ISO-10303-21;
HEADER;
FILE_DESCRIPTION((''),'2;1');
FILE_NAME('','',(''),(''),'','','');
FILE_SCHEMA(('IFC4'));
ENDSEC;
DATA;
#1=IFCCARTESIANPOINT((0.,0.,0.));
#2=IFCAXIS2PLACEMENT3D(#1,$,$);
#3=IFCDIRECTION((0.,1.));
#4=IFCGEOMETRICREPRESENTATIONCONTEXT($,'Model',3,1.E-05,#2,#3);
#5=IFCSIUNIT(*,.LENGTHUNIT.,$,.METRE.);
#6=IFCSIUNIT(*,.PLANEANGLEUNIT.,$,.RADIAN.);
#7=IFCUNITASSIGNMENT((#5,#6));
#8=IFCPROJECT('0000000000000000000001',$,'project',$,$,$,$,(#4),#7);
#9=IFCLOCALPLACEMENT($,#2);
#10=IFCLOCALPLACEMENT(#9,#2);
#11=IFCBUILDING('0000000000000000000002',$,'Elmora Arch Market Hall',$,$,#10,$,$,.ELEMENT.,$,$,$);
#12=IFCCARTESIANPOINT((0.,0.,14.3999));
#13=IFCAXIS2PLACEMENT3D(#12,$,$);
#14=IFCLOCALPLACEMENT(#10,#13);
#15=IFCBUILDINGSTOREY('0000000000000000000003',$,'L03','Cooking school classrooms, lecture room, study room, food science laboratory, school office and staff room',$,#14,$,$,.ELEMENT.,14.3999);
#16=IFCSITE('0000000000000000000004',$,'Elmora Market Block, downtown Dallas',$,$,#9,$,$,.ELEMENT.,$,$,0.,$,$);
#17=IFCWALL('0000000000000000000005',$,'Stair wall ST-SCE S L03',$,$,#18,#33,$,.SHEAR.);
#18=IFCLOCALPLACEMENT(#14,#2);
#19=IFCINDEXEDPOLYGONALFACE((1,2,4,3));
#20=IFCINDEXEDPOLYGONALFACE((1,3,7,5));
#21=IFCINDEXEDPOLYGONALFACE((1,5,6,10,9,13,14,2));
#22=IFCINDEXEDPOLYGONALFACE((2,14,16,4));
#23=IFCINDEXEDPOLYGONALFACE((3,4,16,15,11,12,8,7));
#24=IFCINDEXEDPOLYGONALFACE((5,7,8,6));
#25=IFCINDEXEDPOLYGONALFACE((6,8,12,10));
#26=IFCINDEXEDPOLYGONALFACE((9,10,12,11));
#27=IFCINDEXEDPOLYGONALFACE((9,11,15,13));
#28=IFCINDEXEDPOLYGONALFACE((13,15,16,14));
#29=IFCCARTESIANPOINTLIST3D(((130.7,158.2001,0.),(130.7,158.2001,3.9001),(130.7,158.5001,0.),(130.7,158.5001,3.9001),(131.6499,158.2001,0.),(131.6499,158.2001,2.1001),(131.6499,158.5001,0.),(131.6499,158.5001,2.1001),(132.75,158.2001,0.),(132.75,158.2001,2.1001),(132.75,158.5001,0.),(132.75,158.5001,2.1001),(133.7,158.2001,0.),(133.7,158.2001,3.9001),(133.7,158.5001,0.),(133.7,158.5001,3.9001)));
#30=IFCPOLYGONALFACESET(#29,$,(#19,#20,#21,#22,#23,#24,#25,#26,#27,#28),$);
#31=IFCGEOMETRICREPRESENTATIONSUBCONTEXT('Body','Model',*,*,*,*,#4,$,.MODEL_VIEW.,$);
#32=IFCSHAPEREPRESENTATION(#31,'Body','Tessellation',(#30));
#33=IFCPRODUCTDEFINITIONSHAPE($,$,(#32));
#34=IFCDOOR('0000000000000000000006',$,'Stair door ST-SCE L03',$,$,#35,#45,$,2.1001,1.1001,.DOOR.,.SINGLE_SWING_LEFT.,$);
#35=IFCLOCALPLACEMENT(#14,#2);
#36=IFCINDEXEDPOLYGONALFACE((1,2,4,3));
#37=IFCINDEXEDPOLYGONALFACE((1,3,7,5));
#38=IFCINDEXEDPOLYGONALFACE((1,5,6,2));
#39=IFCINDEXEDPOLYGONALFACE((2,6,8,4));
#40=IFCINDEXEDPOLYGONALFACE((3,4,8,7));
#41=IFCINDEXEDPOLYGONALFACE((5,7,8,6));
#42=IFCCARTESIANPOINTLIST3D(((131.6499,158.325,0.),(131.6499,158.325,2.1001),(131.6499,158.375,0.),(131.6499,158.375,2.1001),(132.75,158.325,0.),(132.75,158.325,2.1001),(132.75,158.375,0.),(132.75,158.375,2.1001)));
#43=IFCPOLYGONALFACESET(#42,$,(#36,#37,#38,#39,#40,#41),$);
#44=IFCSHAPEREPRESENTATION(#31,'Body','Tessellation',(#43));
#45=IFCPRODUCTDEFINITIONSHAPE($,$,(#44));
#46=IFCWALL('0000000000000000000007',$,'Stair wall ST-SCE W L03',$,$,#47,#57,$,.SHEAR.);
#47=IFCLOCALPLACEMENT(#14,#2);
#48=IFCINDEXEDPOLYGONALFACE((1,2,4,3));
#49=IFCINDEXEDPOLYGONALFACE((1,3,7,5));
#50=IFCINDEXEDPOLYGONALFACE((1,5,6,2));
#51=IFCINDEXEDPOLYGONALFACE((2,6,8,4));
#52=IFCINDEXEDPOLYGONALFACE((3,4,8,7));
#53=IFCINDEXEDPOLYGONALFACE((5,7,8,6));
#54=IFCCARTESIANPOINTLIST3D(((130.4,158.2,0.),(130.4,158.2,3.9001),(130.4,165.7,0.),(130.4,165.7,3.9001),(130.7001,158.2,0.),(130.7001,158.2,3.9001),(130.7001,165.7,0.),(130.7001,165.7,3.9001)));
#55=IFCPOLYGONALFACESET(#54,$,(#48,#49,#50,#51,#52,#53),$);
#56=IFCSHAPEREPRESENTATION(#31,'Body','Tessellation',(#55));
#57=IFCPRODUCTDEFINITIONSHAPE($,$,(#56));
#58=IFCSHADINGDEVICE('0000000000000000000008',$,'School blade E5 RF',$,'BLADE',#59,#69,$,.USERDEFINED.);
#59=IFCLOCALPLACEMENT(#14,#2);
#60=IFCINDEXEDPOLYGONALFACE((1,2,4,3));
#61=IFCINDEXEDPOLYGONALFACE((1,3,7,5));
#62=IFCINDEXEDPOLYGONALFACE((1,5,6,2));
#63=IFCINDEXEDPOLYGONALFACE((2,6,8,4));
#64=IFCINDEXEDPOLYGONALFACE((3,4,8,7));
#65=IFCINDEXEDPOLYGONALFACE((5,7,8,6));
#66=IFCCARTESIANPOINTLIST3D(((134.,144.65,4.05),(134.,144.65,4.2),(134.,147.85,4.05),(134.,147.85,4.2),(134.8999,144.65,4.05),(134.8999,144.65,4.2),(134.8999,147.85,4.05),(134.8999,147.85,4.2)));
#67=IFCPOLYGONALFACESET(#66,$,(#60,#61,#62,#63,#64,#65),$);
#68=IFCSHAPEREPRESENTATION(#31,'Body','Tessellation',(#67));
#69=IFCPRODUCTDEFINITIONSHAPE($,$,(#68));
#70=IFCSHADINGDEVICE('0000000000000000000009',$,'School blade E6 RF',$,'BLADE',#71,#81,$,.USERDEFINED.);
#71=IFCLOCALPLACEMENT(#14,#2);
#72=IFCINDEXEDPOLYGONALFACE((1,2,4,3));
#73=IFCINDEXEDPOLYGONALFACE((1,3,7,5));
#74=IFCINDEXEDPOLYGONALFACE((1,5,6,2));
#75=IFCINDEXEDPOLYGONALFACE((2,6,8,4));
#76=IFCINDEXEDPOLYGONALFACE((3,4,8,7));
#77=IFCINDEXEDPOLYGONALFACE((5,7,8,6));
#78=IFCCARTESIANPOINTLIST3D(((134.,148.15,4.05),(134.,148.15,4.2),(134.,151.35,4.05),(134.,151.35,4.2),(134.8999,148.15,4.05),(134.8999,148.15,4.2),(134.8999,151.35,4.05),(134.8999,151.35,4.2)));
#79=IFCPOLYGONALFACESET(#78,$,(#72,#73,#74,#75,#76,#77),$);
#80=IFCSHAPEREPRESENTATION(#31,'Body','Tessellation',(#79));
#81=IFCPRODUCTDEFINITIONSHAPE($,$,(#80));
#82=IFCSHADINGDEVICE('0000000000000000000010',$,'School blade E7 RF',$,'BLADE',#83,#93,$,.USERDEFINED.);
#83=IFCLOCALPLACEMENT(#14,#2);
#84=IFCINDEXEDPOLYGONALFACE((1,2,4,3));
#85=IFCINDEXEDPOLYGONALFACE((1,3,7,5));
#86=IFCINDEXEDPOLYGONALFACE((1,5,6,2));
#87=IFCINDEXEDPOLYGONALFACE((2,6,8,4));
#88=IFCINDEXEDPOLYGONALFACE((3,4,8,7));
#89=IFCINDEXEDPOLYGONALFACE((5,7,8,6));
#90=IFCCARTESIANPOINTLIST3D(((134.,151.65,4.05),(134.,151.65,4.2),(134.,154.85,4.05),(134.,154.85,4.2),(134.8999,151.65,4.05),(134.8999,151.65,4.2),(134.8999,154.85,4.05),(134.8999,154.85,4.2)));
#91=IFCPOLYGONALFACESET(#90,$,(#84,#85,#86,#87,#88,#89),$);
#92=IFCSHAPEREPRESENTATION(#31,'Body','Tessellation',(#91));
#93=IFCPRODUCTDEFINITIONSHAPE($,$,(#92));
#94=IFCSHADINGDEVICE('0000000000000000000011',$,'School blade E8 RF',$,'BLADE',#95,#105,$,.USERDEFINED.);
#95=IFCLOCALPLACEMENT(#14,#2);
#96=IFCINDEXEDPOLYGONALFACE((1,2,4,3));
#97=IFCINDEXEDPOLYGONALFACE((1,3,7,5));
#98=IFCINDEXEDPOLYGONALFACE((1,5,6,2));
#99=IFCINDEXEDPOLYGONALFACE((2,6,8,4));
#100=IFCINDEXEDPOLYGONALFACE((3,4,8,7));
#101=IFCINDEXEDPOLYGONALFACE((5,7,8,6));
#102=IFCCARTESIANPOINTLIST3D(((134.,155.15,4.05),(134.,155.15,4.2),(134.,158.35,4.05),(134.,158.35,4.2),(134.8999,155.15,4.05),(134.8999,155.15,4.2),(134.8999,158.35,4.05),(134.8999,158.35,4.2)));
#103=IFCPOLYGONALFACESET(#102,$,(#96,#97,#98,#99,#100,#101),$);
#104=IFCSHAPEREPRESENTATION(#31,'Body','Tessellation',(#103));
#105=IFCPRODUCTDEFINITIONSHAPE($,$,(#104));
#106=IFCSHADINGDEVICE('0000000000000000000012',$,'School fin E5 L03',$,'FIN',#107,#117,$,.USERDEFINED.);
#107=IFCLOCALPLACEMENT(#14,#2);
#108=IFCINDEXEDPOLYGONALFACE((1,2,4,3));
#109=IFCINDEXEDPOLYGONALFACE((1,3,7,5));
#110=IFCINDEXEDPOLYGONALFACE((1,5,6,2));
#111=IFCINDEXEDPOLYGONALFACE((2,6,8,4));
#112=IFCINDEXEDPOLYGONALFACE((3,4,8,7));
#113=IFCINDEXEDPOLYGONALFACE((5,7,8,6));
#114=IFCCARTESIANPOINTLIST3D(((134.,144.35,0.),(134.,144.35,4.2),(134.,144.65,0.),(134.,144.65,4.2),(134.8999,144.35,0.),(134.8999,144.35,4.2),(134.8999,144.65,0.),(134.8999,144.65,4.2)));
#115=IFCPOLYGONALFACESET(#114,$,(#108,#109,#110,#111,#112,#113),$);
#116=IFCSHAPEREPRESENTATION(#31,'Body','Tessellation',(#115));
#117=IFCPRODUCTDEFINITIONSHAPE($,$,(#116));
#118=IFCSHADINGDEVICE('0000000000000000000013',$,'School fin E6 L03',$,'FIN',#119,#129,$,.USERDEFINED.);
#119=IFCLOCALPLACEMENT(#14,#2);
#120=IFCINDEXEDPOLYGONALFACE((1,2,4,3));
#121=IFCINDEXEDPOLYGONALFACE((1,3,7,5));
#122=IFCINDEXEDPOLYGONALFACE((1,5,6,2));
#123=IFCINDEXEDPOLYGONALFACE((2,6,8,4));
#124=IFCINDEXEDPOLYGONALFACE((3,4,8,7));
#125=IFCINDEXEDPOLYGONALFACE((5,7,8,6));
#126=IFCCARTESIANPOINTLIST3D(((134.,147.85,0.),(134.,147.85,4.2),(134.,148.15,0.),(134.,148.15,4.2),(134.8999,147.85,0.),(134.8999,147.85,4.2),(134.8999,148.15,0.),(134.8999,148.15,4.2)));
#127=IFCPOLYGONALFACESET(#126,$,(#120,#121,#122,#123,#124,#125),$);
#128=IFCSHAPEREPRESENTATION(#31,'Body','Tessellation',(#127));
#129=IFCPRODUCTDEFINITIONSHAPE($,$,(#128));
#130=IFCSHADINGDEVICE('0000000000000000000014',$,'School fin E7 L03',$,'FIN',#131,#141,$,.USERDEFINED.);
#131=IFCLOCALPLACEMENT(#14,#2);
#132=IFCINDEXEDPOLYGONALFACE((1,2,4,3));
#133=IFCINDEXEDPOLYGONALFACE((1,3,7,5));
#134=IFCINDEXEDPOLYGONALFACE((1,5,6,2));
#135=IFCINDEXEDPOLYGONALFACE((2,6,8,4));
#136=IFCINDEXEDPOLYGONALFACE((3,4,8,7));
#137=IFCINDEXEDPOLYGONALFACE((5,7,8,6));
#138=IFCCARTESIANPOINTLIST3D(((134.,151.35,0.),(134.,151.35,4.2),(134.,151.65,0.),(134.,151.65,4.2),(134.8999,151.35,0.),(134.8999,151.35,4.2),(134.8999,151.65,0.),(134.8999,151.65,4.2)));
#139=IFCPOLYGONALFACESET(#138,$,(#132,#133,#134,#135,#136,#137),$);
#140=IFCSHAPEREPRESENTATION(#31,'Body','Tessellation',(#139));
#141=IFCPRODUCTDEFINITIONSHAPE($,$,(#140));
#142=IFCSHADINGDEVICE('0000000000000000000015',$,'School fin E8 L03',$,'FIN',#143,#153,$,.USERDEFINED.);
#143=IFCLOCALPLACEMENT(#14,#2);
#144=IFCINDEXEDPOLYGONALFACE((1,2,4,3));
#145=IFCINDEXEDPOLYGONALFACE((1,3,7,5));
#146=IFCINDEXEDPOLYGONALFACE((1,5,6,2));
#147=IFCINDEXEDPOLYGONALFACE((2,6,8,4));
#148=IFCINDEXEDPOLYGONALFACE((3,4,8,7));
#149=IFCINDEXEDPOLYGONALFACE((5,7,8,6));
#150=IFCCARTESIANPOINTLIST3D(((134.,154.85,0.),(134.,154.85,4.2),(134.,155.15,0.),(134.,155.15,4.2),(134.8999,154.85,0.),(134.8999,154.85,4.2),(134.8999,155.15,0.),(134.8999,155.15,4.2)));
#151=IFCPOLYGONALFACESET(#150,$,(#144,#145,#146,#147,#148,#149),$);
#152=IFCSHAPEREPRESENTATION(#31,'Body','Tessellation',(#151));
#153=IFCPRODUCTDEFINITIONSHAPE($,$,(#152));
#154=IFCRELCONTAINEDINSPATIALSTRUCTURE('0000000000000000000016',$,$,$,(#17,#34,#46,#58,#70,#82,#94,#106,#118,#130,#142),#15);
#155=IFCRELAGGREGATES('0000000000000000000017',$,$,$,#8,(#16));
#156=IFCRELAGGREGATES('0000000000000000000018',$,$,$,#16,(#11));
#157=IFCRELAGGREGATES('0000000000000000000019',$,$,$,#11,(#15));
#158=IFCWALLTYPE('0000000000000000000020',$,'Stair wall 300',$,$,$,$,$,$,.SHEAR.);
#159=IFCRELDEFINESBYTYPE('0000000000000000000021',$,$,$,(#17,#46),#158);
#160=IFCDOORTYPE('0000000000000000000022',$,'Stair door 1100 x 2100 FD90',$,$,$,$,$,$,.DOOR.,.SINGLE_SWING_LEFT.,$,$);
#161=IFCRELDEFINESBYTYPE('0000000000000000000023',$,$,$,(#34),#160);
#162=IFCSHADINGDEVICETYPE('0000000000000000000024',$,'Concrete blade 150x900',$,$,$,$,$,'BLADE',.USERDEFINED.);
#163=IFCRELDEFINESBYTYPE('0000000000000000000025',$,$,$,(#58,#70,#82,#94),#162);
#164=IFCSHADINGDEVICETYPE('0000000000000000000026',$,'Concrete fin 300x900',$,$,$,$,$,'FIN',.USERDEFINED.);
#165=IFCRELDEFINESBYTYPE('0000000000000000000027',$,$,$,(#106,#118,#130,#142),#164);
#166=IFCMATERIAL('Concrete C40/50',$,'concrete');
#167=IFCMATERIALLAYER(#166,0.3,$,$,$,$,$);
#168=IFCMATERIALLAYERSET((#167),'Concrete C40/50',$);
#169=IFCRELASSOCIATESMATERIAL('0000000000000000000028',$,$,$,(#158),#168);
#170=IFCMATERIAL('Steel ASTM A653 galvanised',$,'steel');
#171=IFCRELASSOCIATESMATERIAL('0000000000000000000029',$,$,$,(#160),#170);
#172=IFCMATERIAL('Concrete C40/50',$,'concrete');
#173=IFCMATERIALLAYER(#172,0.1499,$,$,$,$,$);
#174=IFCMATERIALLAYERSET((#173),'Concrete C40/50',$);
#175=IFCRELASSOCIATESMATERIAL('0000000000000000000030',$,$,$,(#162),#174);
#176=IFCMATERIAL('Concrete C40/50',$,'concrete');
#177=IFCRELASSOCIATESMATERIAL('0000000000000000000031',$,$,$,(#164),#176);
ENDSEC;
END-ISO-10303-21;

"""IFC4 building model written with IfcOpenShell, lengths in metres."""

from ifc_helpers import new_model, si_unit, direction, frame, frame_2d, origin, origin_2d, place, context, subcontext, project, spatial, rectangle, extrude, material, layer, layer_set, type_object, element, fill, save


model = new_model("IFC4")

# Units and contexts
model_context = context("Model", 3, precision=1e-05, world=origin(), true_north=direction((0.0, 1.0)))
body_context = subcontext(model_context, "Body", "Model", "MODEL_VIEW")
ifc_project = project(units=[si_unit("LENGTHUNIT", "METRE"), si_unit("PLANEANGLEUNIT", "RADIAN")], contexts=[model_context])

# Site, building, storey
site_placement = place(None, origin())
site = spatial("IfcSite", under=ifc_project, at=site_placement, Name="Elmora Market Block, downtown Dallas", CompositionType="ELEMENT", RefElevation=0.0)
building_placement = place(site_placement, origin())
building = spatial("IfcBuilding", under=site, at=building_placement, Name="Elmora Arch Market Hall", CompositionType="ELEMENT")
storey_placement = place(building_placement, frame((0.0, 0.0, 14.3999)))
storey = spatial("IfcBuildingStorey", under=building, at=storey_placement, Name="L03", Description="Cooking school classrooms, lecture room, study room, food science laboratory, school office and staff room", CompositionType="ELEMENT", Elevation=14.3999)

# Wall, opening, door
ifc_material_1 = material(Name="Concrete C40/50", Category="concrete")
ifc_layer_1 = layer(ifc_material_1, 0.3)
ifc_layer_set_1 = layer_set([ifc_layer_1], Name="Concrete C40/50")
wall_type_1 = type_object("IfcWallType", Name="Stair wall 300", PredefinedType="SHEAR", material=ifc_layer_set_1)
wall_1_placement = place(storey_placement, frame((130.7, 158.3501, 0.0), z_axis=(0.0, 0.0, 1.0), x_axis=(1.0, 0.0, 0.0)))
wall_1 = element("IfcWall", 1, at=wall_1_placement, inside=storey, type_object=wall_type_1, Name="Stair wall ST-SCE S L03", PredefinedType="SHEAR", context=body_context, shape_type="SweptSolid", body=[
    extrude(rectangle(XDim=3.0, YDim=0.3, at=frame_2d((1.5, 0.0))), origin(), (0.0, 0.0, 1.0), 3.9001),
])
opening_1_placement = place(wall_1_placement, frame((0.95, 0.0, 0.0)))
opening_1 = element("IfcOpeningElement", 2, at=opening_1_placement, cuts=wall_1, PredefinedType="OPENING", context=body_context, shape_type="SweptSolid", body=[
    extrude(rectangle(XDim=1.1001, YDim=2.1001, at=frame_2d((0.55, 1.05))), frame((0.0, 0.1599, 0.0), z_axis=(0.0, -1.0, 0.0), x_axis=(1.0, 0.0, 0.0)), (0.0, 0.0, 1.0), 0.3201),
])
ifc_material_2 = material(Name="Steel ASTM A653 galvanised", Category="steel")
door_type_1 = type_object("IfcDoorType", Name="Stair door 1100 x 2100 FD90", OperationType="SINGLE_SWING_LEFT", PredefinedType="DOOR", material=ifc_material_2)
door_1_placement = place(opening_1_placement, origin())
door_1 = element("IfcDoor", 3, at=door_1_placement, inside=storey, type_object=door_type_1, Name="Stair door ST-SCE L03", OperationType="SINGLE_SWING_LEFT", OverallHeight=2.1001, OverallWidth=1.1001, PredefinedType="DOOR", context=body_context, shape_type="SweptSolid", body=[
    extrude(rectangle(XDim=1.1001, YDim=2.1001, at=frame_2d((0.55, 1.05))), frame((0.0, 0.0249, 0.0), z_axis=(0.0, -1.0, 0.0), x_axis=(1.0, 0.0, 0.0)), (0.0, 0.0, 1.0), 0.05),
])
fill(opening_1, door_1)

# Wall
wall_2_placement = place(storey_placement, frame((130.55, 158.2, 0.0), z_axis=(0.0, 0.0, 1.0), x_axis=(0.0, 1.0, 0.0)))
element("IfcWall", 4, at=wall_2_placement, inside=storey, type_object=wall_type_1, Name="Stair wall ST-SCE W L03", PredefinedType="SHEAR", context=body_context, shape_type="SweptSolid", body=[
    extrude(rectangle(XDim=7.5, YDim=0.3, at=frame_2d((3.75, 0.0))), origin(), (0.0, 0.0, 1.0), 3.9001),
])

# Shading devices
ifc_material_3 = material(Name="Concrete C40/50", Category="concrete")
ifc_layer_2 = layer(ifc_material_3, 0.1499)
ifc_layer_set_2 = layer_set([ifc_layer_2], Name="Concrete C40/50")
shading_device_type_1 = type_object("IfcShadingDeviceType", Name="Concrete blade 150x900", ElementType="BLADE", PredefinedType="USERDEFINED", material=ifc_layer_set_2)
for number, where, z_axis, x_axis, name in (
    (5, (134.45, 146.25, 4.05), (0.0, 0.0, 1.0), (1.0, 0.0, 0.0), "School blade E5 RF"),
    (6, (134.45, 149.75, 4.05), (0.0, 0.0, 1.0), (1.0, 0.0, 0.0), "School blade E6 RF"),
    (7, (134.45, 153.25, 4.05), (0.0, 0.0, 1.0), (1.0, 0.0, 0.0), "School blade E7 RF"),
    (8, (134.45, 156.75, 4.05), (0.0, 0.0, 1.0), (1.0, 0.0, 0.0), "School blade E8 RF"),
):
    element("IfcShadingDevice", number, at=place(storey_placement, frame(where, z_axis=z_axis, x_axis=x_axis)), inside=storey, type_object=shading_device_type_1, Name=name, ObjectType="BLADE", PredefinedType="USERDEFINED", context=body_context, shape_type="SweptSolid", body=[
        extrude(rectangle(XDim=0.8999, YDim=3.2, at=origin_2d()), origin(), (0.0, 0.0, 1.0), 0.1499),
    ])
ifc_material_4 = material(Name="Concrete C40/50", Category="concrete")
shading_device_type_2 = type_object("IfcShadingDeviceType", Name="Concrete fin 300x900", ElementType="FIN", PredefinedType="USERDEFINED", material=ifc_material_4)
for number, where, z_axis, x_axis, name in (
    (9, (134.45, 144.5, 0.0), (0.0, 0.0, 1.0), (1.0, 0.0, 0.0), "School fin E5 L03"),
    (10, (134.45, 148.0, 0.0), (0.0, 0.0, 1.0), (1.0, 0.0, 0.0), "School fin E6 L03"),
    (11, (134.45, 151.5, 0.0), (0.0, 0.0, 1.0), (1.0, 0.0, 0.0), "School fin E7 L03"),
    (12, (134.45, 155.0, 0.0), (0.0, 0.0, 1.0), (1.0, 0.0, 0.0), "School fin E8 L03"),
):
    element("IfcShadingDevice", number, at=place(storey_placement, frame(where, z_axis=z_axis, x_axis=x_axis)), inside=storey, type_object=shading_device_type_2, Name=name, ObjectType="FIN", PredefinedType="USERDEFINED", context=body_context, shape_type="SweptSolid", body=[
        extrude(rectangle(XDim=0.8999, YDim=0.3, at=origin_2d()), origin(), (0.0, 0.0, 1.0), 4.2),
    ])

save(model, "model.ifc")
